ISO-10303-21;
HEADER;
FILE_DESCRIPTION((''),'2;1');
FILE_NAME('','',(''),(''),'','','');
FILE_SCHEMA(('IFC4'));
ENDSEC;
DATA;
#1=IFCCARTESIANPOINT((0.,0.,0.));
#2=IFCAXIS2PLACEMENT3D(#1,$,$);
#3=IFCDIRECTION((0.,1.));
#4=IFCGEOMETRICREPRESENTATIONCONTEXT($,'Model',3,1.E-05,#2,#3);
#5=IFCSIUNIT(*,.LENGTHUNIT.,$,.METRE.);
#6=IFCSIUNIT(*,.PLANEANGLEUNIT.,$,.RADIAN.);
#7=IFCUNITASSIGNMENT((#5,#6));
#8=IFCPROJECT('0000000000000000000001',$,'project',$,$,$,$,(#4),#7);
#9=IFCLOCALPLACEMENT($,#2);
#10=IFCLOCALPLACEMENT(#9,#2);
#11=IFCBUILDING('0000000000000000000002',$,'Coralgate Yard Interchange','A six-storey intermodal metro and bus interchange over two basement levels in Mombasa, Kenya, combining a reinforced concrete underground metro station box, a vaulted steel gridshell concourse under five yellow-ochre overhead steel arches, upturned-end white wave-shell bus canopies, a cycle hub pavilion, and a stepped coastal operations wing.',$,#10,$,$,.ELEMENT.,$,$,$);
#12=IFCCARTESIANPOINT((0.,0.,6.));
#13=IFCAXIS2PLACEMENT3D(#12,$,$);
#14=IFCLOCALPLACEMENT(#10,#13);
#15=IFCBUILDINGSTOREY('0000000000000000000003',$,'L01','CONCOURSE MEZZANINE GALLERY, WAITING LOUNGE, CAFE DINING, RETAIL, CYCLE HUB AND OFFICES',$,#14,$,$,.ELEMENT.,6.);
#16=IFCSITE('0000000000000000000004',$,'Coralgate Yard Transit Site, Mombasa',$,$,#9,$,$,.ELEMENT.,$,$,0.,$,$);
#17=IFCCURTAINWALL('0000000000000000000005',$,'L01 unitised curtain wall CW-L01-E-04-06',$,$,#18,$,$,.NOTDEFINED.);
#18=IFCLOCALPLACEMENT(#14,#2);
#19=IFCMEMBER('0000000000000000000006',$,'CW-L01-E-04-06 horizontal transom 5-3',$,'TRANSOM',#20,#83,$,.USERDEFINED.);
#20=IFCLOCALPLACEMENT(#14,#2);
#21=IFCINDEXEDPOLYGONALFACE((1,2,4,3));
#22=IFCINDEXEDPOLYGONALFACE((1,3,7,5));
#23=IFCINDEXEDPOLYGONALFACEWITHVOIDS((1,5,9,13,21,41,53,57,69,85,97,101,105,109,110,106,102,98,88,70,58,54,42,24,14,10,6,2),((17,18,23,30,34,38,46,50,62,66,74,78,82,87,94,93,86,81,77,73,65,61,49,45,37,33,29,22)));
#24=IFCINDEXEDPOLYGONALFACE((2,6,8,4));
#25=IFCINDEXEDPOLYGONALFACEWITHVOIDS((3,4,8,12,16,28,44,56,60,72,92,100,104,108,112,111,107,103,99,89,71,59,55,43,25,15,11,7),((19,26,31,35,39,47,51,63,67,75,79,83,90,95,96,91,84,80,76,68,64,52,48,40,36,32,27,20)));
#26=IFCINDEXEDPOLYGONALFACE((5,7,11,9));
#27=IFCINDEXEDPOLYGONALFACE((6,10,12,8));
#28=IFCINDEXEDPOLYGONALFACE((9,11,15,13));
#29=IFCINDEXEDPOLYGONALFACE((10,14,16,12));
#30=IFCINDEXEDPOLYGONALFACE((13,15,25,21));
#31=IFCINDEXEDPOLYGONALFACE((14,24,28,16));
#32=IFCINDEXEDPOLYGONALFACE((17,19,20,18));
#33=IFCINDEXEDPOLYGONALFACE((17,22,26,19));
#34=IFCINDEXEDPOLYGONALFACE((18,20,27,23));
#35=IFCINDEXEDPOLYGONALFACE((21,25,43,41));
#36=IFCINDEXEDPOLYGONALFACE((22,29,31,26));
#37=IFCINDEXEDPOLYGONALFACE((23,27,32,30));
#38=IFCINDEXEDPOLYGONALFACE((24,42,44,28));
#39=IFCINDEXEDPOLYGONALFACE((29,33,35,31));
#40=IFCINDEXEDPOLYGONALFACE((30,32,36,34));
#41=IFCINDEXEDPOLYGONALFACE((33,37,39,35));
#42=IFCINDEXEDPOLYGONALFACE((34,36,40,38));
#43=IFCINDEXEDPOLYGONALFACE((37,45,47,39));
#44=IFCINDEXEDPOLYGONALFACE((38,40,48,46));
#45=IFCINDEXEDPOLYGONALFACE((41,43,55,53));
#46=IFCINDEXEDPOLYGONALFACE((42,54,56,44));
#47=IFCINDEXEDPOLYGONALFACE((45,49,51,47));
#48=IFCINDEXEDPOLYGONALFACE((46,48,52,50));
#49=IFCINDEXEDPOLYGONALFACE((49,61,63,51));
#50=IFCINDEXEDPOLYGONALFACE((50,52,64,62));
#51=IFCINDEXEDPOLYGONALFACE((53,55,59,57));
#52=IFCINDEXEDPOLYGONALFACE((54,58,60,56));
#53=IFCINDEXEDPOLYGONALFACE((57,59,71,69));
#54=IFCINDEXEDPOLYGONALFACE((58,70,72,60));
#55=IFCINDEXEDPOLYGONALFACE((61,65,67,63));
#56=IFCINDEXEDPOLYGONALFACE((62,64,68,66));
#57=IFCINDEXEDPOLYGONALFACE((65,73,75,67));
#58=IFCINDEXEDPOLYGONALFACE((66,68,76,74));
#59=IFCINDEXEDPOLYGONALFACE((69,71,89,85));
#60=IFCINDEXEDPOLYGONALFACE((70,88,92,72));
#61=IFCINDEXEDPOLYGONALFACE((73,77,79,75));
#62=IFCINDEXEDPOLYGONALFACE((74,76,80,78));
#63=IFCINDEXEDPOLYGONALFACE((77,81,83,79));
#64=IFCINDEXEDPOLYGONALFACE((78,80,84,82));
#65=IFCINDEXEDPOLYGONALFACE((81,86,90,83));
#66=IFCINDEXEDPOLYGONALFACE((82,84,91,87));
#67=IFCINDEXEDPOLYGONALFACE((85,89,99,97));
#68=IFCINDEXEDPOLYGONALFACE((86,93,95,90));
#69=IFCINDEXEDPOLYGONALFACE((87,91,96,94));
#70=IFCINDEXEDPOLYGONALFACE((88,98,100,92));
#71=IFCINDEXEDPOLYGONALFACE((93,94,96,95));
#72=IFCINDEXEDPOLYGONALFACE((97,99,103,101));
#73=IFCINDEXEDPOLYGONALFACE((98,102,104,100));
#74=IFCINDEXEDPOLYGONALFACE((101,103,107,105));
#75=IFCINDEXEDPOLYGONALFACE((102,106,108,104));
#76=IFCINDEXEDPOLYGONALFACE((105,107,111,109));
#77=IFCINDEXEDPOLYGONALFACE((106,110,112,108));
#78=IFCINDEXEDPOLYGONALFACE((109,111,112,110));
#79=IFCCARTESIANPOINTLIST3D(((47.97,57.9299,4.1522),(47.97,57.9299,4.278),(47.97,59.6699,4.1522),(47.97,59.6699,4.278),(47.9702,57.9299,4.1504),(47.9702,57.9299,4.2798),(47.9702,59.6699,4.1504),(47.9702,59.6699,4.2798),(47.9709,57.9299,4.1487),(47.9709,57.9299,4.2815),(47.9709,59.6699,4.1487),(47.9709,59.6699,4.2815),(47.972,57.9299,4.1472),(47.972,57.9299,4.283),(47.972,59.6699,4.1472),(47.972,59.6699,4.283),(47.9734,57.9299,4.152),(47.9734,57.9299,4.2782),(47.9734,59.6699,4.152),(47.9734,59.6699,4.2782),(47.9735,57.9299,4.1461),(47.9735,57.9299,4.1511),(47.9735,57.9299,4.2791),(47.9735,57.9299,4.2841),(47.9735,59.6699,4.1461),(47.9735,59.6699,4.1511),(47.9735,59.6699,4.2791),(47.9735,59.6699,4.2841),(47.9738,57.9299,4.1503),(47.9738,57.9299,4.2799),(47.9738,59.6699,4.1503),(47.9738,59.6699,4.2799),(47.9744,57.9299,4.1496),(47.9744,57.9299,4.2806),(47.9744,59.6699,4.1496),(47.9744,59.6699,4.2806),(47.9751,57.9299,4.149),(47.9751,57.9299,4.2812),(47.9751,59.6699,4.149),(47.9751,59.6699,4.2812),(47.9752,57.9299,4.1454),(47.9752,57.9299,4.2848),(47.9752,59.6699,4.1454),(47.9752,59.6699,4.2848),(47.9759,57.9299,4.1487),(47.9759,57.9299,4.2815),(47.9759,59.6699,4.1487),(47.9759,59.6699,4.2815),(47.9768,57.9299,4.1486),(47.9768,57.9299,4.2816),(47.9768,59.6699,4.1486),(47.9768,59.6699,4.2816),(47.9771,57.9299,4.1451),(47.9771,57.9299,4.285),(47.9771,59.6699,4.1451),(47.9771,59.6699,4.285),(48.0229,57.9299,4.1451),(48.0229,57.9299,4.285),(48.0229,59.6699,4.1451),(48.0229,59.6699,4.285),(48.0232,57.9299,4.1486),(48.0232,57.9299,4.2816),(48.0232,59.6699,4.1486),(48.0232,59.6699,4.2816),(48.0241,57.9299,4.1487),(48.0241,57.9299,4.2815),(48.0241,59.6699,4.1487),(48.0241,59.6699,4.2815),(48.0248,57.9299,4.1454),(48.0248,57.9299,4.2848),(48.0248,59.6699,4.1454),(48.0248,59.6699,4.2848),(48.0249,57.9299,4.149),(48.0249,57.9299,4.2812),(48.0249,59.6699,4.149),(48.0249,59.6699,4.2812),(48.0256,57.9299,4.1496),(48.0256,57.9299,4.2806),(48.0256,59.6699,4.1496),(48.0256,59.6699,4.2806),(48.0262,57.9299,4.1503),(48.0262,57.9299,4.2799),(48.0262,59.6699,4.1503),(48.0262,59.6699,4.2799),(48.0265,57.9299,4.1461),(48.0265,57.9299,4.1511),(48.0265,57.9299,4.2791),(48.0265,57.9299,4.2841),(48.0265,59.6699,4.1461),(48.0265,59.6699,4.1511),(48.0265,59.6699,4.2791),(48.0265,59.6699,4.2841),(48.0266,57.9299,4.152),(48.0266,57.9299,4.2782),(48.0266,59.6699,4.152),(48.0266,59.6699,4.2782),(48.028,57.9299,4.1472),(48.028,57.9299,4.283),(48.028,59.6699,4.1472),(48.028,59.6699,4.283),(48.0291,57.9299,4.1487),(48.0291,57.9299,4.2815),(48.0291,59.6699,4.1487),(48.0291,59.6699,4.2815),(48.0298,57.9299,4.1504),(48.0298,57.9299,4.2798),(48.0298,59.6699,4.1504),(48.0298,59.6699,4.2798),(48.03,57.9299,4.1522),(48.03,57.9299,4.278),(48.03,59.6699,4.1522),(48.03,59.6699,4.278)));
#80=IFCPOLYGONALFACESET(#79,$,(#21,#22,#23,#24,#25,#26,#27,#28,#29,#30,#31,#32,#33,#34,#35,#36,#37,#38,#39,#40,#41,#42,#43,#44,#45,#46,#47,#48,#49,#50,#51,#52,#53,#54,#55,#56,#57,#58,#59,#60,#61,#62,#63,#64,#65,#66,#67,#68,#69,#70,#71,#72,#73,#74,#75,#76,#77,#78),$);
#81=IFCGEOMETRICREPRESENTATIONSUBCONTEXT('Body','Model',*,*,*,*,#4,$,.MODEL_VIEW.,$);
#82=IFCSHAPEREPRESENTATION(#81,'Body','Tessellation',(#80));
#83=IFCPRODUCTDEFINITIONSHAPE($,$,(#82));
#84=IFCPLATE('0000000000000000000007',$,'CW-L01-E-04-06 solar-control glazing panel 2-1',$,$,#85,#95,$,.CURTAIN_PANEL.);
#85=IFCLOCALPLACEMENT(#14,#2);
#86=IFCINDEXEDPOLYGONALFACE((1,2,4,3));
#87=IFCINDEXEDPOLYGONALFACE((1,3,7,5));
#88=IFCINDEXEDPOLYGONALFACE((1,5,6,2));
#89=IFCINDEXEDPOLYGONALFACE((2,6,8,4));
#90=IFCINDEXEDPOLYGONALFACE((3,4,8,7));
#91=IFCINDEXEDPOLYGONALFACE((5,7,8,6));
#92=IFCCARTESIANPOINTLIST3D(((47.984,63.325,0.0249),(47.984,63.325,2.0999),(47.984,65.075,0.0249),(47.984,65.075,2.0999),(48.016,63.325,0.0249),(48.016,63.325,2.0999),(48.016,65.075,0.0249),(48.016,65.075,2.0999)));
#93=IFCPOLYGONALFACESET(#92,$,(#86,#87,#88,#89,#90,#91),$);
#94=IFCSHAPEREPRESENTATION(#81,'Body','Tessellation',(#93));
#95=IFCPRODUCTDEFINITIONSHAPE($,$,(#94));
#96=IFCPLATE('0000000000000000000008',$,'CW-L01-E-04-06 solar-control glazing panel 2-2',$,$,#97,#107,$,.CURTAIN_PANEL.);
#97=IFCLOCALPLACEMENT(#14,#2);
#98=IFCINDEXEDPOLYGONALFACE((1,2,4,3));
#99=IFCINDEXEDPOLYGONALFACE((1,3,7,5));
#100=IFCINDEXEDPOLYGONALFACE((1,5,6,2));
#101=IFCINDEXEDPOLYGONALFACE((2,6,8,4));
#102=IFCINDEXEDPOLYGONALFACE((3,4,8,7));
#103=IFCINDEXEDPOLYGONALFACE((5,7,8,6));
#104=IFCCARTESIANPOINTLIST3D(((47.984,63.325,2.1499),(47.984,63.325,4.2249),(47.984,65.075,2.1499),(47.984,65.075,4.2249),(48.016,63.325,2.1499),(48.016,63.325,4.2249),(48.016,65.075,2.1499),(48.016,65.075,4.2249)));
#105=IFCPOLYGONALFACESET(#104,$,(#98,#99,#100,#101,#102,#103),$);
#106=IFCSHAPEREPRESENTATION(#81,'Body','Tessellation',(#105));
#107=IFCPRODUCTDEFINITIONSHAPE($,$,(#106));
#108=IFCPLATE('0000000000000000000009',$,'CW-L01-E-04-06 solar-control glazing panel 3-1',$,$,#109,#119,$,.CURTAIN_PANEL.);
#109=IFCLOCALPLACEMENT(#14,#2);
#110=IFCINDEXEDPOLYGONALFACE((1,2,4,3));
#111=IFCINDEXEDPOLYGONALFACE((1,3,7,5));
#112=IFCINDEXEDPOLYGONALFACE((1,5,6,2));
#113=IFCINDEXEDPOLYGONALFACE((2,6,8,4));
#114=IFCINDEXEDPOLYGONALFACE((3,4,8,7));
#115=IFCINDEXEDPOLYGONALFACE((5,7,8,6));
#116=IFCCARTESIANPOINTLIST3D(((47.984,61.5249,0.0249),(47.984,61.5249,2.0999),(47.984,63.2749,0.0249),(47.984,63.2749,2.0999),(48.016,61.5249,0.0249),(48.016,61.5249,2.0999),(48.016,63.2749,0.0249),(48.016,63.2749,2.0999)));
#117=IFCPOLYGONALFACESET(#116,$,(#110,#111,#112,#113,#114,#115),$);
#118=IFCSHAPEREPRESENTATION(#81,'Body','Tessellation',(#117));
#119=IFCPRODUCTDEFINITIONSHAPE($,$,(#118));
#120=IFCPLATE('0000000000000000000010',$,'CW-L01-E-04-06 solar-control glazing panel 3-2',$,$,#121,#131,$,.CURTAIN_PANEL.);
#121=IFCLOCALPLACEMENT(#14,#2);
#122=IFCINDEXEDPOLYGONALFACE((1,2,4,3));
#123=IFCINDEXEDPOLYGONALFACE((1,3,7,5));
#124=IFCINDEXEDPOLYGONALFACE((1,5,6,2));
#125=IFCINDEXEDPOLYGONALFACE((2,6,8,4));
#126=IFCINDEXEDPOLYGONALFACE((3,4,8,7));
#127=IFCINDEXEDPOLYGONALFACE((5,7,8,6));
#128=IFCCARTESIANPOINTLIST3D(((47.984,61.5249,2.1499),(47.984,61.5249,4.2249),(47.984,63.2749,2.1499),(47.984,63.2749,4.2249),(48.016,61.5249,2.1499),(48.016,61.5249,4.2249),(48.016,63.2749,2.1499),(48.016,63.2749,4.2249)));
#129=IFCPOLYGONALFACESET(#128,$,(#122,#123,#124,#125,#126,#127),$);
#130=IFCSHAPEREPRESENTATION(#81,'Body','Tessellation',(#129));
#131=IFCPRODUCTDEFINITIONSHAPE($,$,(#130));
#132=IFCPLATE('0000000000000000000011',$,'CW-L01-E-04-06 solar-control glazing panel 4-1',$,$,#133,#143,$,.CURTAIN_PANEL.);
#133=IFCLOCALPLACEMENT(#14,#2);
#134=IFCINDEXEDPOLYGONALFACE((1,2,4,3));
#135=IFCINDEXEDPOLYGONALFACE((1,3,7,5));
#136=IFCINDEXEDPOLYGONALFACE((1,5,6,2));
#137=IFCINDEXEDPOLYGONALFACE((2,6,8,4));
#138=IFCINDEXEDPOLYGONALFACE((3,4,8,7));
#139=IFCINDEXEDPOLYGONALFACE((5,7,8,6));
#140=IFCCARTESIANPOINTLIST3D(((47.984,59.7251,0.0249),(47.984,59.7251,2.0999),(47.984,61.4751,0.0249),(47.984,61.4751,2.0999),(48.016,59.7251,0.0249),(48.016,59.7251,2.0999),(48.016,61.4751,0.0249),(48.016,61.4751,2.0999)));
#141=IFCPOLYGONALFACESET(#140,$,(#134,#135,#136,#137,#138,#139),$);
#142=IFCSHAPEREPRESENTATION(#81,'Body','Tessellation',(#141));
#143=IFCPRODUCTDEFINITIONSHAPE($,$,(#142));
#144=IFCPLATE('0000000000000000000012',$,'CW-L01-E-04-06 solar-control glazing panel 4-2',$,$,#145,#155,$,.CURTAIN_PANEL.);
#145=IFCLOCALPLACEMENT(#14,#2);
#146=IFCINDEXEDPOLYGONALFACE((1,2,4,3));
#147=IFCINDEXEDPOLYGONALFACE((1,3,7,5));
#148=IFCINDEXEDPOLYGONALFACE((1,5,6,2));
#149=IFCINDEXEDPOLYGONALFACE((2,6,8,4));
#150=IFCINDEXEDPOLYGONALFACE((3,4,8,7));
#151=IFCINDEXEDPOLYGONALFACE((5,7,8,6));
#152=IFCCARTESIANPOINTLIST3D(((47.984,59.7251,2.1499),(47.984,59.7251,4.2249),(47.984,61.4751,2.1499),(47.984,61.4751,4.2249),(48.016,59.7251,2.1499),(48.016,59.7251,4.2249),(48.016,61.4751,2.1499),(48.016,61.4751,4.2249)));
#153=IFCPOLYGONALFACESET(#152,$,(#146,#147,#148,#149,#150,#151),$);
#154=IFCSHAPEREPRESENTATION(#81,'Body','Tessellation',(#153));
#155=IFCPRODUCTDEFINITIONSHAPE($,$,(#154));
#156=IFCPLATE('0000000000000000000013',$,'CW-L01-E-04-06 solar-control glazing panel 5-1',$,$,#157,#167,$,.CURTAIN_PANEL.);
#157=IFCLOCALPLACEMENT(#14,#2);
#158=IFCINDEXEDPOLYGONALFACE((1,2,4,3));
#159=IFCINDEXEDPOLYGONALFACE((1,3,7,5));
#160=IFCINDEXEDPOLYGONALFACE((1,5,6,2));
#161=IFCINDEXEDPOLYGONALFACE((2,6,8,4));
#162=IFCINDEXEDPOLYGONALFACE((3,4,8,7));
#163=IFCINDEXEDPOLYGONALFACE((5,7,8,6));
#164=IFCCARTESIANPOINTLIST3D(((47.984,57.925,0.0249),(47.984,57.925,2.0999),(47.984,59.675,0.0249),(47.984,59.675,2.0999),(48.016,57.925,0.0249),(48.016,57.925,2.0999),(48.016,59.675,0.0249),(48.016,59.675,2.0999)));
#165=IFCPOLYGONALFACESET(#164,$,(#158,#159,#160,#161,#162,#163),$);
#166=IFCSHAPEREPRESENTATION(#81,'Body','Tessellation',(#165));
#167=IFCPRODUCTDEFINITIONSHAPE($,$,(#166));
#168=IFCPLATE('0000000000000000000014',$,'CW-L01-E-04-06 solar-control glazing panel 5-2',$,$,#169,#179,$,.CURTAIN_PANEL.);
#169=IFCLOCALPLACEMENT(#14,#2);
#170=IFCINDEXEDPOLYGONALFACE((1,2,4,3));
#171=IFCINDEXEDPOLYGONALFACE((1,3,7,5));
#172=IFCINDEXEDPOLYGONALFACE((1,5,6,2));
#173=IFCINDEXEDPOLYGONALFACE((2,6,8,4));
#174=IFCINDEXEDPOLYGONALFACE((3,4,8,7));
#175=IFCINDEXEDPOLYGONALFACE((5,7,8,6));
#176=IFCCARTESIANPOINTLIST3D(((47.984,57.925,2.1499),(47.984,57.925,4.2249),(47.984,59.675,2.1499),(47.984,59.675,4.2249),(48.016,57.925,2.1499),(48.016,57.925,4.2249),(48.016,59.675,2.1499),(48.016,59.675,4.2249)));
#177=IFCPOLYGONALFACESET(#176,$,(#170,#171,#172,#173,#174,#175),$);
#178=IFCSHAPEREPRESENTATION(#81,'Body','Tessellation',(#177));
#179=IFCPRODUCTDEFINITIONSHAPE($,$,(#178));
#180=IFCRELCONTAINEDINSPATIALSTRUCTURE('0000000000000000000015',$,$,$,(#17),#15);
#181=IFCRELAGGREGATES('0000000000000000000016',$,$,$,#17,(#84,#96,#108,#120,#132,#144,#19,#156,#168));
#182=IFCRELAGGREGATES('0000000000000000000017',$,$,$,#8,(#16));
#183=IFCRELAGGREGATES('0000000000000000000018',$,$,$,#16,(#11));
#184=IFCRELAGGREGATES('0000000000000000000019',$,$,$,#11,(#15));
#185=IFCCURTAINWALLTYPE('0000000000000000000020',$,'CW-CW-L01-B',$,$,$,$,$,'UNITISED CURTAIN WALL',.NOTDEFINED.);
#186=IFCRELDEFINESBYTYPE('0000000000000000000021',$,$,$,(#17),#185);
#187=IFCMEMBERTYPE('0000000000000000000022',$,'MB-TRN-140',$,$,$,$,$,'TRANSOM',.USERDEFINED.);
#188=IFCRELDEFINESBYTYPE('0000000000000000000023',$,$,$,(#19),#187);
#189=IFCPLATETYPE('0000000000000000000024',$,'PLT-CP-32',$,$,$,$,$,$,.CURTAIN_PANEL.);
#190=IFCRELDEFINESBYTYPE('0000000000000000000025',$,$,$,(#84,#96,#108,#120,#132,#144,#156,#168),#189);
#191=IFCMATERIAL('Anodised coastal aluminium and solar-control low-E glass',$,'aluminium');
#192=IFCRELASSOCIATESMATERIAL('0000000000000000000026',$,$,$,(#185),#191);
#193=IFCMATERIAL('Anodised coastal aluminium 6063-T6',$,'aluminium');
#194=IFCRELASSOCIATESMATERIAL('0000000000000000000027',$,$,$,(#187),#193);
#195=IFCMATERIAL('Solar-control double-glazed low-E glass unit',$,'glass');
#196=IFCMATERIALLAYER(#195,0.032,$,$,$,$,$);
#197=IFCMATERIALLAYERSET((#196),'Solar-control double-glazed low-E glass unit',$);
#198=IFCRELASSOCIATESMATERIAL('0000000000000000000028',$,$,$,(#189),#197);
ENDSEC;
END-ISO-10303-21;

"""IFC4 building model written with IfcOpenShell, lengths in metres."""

from ifc_helpers import new_model, si_unit, direction, frame, origin, origin_2d, place, context, subcontext, project, spatial, rectangle, hollow_rectangle, extrude, material, layer, layer_set, material_profile, profile_set, type_object, element, aggregate, save


model = new_model("IFC4")

# Units and contexts
model_context = context("Model", 3, precision=1e-05, world=origin(), true_north=direction((0.0, 1.0)))
body_context = subcontext(model_context, "Body", "Model", "MODEL_VIEW")
ifc_project = project(units=[si_unit("LENGTHUNIT", "METRE"), si_unit("PLANEANGLEUNIT", "RADIAN")], contexts=[model_context])

# Site, building, storey
site_placement = place(None, origin())
site = spatial("IfcSite", under=ifc_project, at=site_placement, Name="Coralgate Yard Transit Site, Mombasa", CompositionType="ELEMENT", RefElevation=0.0)
building_placement = place(site_placement, origin())
building = spatial("IfcBuilding", under=site, at=building_placement, Name="Coralgate Yard Interchange", Description="A six-storey intermodal metro and bus interchange over two basement levels in Mombasa, Kenya, combining a reinforced concrete underground metro station box, a vaulted steel gridshell concourse under five yellow-ochre overhead steel arches, upturned-end white wave-shell bus canopies, a cycle hub pavilion, and a stepped coastal operations wing.", CompositionType="ELEMENT")
storey_placement = place(building_placement, frame((0.0, 0.0, 6.0)))
storey = spatial("IfcBuildingStorey", under=building, at=storey_placement, Name="L01", Description="CONCOURSE MEZZANINE GALLERY, WAITING LOUNGE, CAFE DINING, RETAIL, CYCLE HUB AND OFFICES", CompositionType="ELEMENT", Elevation=6.0)

# Shared definitions
ifc_material_1 = material(Name="Anodised coastal aluminium and solar-control low-E glass", Category="aluminium")
curtain_wall_type = type_object("IfcCurtainWallType", Name="CW-CW-L01-B", ElementType="UNITISED CURTAIN WALL", PredefinedType="NOTDEFINED", material=ifc_material_1)
ifc_material_2 = material(Name="Anodised coastal aluminium 6063-T6", Category="aluminium")

# Curtain wall
curtain_wall_1_placement = place(storey_placement, origin())
curtain_wall_1 = element("IfcCurtainWall", 1, at=curtain_wall_1_placement, inside=storey, type_object=curtain_wall_type, Name="L01 unitised curtain wall CW-L01-E-04-06", PredefinedType="NOTDEFINED")

# Member
ifc_material_profile_1 = material_profile(ifc_material_2, hollow_rectangle(XDim=0.0601, YDim=0.1399, WallThickness=0.0034, InnerFilletRadius=0.0034, OuterFilletRadius=0.0071, at=origin_2d()), Name="ALU 60x140x3.5")
ifc_profile_set_1 = profile_set([ifc_material_profile_1], Name="Anodised coastal aluminium 6063-T6")
member_type_1 = type_object("IfcMemberType", Name="MB-TRN-140", ElementType="TRANSOM", PredefinedType="USERDEFINED", material=ifc_profile_set_1)
member_1_placement = place(storey_placement, frame((48.0, 59.6699, 4.2151), z_axis=(0.0, -1.0, 0.0), x_axis=(1.0, 0.0, 0.0)))
member_1 = element("IfcMember", 2, at=member_1_placement, type_object=member_type_1, Name="CW-L01-E-04-06 horizontal transom 5-3", ObjectType="TRANSOM", PredefinedType="USERDEFINED", context=body_context, shape_type="SweptSolid", body=[
    extrude(hollow_rectangle(XDim=0.0601, YDim=0.1399, WallThickness=0.0034, InnerFilletRadius=0.0034, OuterFilletRadius=0.0071, at=origin_2d()), origin(), (0.0, 0.0, 1.0), 1.74),
])

# Plates
ifc_material_3 = material(Name="Solar-control double-glazed low-E glass unit", Category="glass")
ifc_layer = layer(ifc_material_3, 0.032)
ifc_layer_set = layer_set([ifc_layer], Name="Solar-control double-glazed low-E glass unit")
plate_type = type_object("IfcPlateType", Name="PLT-CP-32", PredefinedType="CURTAIN_PANEL", material=ifc_layer_set)
plate_1_placement = place(storey_placement, frame((48.0, 64.2, 0.0249), z_axis=(0.0, 0.0, 1.0), x_axis=(0.0, -1.0, 0.0)))
plate_1 = element("IfcPlate", 3, at=plate_1_placement, type_object=plate_type, Name="CW-L01-E-04-06 solar-control glazing panel 2-1", PredefinedType="CURTAIN_PANEL", context=body_context, shape_type="SweptSolid", body=[
    extrude(rectangle(XDim=1.75, YDim=0.032, at=origin_2d()), origin(), (0.0, 0.0, 1.0), 2.075),
])
plate_2_placement = place(storey_placement, frame((48.0, 64.2, 2.1499), z_axis=(0.0, 0.0, 1.0), x_axis=(0.0, -1.0, 0.0)))
plate_2 = element("IfcPlate", 4, at=plate_2_placement, type_object=plate_type, Name="CW-L01-E-04-06 solar-control glazing panel 2-2", PredefinedType="CURTAIN_PANEL", context=body_context, shape_type="SweptSolid", body=[
    extrude(rectangle(XDim=1.75, YDim=0.032, at=origin_2d()), origin(), (0.0, 0.0, 1.0), 2.075),
])
plate_3_placement = place(storey_placement, frame((48.0, 62.3999, 0.0249), z_axis=(0.0, 0.0, 1.0), x_axis=(0.0, -1.0, 0.0)))
plate_3 = element("IfcPlate", 5, at=plate_3_placement, type_object=plate_type, Name="CW-L01-E-04-06 solar-control glazing panel 3-1", PredefinedType="CURTAIN_PANEL", context=body_context, shape_type="SweptSolid", body=[
    extrude(rectangle(XDim=1.75, YDim=0.032, at=origin_2d()), origin(), (0.0, 0.0, 1.0), 2.075),
])
plate_4_placement = place(storey_placement, frame((48.0, 62.3999, 2.1499), z_axis=(0.0, 0.0, 1.0), x_axis=(0.0, -1.0, 0.0)))
plate_4 = element("IfcPlate", 6, at=plate_4_placement, type_object=plate_type, Name="CW-L01-E-04-06 solar-control glazing panel 3-2", PredefinedType="CURTAIN_PANEL", context=body_context, shape_type="SweptSolid", body=[
    extrude(rectangle(XDim=1.75, YDim=0.032, at=origin_2d()), origin(), (0.0, 0.0, 1.0), 2.075),
])
plate_5_placement = place(storey_placement, frame((48.0, 60.6001, 0.0249), z_axis=(0.0, 0.0, 1.0), x_axis=(0.0, -1.0, 0.0)))
plate_5 = element("IfcPlate", 7, at=plate_5_placement, type_object=plate_type, Name="CW-L01-E-04-06 solar-control glazing panel 4-1", PredefinedType="CURTAIN_PANEL", context=body_context, shape_type="SweptSolid", body=[
    extrude(rectangle(XDim=1.75, YDim=0.032, at=origin_2d()), origin(), (0.0, 0.0, 1.0), 2.075),
])
plate_6_placement = place(storey_placement, frame((48.0, 60.6001, 2.1499), z_axis=(0.0, 0.0, 1.0), x_axis=(0.0, -1.0, 0.0)))
plate_6 = element("IfcPlate", 8, at=plate_6_placement, type_object=plate_type, Name="CW-L01-E-04-06 solar-control glazing panel 4-2", PredefinedType="CURTAIN_PANEL", context=body_context, shape_type="SweptSolid", body=[
    extrude(rectangle(XDim=1.75, YDim=0.032, at=origin_2d()), origin(), (0.0, 0.0, 1.0), 2.075),
])
plate_7_placement = place(storey_placement, frame((48.0, 58.8, 0.0249), z_axis=(0.0, 0.0, 1.0), x_axis=(0.0, -1.0, 0.0)))
plate_7 = element("IfcPlate", 9, at=plate_7_placement, type_object=plate_type, Name="CW-L01-E-04-06 solar-control glazing panel 5-1", PredefinedType="CURTAIN_PANEL", context=body_context, shape_type="SweptSolid", body=[
    extrude(rectangle(XDim=1.75, YDim=0.032, at=origin_2d()), origin(), (0.0, 0.0, 1.0), 2.075),
])
plate_8_placement = place(storey_placement, frame((48.0, 58.8, 2.1499), z_axis=(0.0, 0.0, 1.0), x_axis=(0.0, -1.0, 0.0)))
plate_8 = element("IfcPlate", 10, at=plate_8_placement, type_object=plate_type, Name="CW-L01-E-04-06 solar-control glazing panel 5-2", PredefinedType="CURTAIN_PANEL", context=body_context, shape_type="SweptSolid", body=[
    extrude(rectangle(XDim=1.75, YDim=0.032, at=origin_2d()), origin(), (0.0, 0.0, 1.0), 2.075),
])
aggregate(curtain_wall_1, [plate_1, plate_2, plate_3, plate_4, plate_5, plate_6, member_1, plate_7, plate_8])

save(model, "model.ifc")
